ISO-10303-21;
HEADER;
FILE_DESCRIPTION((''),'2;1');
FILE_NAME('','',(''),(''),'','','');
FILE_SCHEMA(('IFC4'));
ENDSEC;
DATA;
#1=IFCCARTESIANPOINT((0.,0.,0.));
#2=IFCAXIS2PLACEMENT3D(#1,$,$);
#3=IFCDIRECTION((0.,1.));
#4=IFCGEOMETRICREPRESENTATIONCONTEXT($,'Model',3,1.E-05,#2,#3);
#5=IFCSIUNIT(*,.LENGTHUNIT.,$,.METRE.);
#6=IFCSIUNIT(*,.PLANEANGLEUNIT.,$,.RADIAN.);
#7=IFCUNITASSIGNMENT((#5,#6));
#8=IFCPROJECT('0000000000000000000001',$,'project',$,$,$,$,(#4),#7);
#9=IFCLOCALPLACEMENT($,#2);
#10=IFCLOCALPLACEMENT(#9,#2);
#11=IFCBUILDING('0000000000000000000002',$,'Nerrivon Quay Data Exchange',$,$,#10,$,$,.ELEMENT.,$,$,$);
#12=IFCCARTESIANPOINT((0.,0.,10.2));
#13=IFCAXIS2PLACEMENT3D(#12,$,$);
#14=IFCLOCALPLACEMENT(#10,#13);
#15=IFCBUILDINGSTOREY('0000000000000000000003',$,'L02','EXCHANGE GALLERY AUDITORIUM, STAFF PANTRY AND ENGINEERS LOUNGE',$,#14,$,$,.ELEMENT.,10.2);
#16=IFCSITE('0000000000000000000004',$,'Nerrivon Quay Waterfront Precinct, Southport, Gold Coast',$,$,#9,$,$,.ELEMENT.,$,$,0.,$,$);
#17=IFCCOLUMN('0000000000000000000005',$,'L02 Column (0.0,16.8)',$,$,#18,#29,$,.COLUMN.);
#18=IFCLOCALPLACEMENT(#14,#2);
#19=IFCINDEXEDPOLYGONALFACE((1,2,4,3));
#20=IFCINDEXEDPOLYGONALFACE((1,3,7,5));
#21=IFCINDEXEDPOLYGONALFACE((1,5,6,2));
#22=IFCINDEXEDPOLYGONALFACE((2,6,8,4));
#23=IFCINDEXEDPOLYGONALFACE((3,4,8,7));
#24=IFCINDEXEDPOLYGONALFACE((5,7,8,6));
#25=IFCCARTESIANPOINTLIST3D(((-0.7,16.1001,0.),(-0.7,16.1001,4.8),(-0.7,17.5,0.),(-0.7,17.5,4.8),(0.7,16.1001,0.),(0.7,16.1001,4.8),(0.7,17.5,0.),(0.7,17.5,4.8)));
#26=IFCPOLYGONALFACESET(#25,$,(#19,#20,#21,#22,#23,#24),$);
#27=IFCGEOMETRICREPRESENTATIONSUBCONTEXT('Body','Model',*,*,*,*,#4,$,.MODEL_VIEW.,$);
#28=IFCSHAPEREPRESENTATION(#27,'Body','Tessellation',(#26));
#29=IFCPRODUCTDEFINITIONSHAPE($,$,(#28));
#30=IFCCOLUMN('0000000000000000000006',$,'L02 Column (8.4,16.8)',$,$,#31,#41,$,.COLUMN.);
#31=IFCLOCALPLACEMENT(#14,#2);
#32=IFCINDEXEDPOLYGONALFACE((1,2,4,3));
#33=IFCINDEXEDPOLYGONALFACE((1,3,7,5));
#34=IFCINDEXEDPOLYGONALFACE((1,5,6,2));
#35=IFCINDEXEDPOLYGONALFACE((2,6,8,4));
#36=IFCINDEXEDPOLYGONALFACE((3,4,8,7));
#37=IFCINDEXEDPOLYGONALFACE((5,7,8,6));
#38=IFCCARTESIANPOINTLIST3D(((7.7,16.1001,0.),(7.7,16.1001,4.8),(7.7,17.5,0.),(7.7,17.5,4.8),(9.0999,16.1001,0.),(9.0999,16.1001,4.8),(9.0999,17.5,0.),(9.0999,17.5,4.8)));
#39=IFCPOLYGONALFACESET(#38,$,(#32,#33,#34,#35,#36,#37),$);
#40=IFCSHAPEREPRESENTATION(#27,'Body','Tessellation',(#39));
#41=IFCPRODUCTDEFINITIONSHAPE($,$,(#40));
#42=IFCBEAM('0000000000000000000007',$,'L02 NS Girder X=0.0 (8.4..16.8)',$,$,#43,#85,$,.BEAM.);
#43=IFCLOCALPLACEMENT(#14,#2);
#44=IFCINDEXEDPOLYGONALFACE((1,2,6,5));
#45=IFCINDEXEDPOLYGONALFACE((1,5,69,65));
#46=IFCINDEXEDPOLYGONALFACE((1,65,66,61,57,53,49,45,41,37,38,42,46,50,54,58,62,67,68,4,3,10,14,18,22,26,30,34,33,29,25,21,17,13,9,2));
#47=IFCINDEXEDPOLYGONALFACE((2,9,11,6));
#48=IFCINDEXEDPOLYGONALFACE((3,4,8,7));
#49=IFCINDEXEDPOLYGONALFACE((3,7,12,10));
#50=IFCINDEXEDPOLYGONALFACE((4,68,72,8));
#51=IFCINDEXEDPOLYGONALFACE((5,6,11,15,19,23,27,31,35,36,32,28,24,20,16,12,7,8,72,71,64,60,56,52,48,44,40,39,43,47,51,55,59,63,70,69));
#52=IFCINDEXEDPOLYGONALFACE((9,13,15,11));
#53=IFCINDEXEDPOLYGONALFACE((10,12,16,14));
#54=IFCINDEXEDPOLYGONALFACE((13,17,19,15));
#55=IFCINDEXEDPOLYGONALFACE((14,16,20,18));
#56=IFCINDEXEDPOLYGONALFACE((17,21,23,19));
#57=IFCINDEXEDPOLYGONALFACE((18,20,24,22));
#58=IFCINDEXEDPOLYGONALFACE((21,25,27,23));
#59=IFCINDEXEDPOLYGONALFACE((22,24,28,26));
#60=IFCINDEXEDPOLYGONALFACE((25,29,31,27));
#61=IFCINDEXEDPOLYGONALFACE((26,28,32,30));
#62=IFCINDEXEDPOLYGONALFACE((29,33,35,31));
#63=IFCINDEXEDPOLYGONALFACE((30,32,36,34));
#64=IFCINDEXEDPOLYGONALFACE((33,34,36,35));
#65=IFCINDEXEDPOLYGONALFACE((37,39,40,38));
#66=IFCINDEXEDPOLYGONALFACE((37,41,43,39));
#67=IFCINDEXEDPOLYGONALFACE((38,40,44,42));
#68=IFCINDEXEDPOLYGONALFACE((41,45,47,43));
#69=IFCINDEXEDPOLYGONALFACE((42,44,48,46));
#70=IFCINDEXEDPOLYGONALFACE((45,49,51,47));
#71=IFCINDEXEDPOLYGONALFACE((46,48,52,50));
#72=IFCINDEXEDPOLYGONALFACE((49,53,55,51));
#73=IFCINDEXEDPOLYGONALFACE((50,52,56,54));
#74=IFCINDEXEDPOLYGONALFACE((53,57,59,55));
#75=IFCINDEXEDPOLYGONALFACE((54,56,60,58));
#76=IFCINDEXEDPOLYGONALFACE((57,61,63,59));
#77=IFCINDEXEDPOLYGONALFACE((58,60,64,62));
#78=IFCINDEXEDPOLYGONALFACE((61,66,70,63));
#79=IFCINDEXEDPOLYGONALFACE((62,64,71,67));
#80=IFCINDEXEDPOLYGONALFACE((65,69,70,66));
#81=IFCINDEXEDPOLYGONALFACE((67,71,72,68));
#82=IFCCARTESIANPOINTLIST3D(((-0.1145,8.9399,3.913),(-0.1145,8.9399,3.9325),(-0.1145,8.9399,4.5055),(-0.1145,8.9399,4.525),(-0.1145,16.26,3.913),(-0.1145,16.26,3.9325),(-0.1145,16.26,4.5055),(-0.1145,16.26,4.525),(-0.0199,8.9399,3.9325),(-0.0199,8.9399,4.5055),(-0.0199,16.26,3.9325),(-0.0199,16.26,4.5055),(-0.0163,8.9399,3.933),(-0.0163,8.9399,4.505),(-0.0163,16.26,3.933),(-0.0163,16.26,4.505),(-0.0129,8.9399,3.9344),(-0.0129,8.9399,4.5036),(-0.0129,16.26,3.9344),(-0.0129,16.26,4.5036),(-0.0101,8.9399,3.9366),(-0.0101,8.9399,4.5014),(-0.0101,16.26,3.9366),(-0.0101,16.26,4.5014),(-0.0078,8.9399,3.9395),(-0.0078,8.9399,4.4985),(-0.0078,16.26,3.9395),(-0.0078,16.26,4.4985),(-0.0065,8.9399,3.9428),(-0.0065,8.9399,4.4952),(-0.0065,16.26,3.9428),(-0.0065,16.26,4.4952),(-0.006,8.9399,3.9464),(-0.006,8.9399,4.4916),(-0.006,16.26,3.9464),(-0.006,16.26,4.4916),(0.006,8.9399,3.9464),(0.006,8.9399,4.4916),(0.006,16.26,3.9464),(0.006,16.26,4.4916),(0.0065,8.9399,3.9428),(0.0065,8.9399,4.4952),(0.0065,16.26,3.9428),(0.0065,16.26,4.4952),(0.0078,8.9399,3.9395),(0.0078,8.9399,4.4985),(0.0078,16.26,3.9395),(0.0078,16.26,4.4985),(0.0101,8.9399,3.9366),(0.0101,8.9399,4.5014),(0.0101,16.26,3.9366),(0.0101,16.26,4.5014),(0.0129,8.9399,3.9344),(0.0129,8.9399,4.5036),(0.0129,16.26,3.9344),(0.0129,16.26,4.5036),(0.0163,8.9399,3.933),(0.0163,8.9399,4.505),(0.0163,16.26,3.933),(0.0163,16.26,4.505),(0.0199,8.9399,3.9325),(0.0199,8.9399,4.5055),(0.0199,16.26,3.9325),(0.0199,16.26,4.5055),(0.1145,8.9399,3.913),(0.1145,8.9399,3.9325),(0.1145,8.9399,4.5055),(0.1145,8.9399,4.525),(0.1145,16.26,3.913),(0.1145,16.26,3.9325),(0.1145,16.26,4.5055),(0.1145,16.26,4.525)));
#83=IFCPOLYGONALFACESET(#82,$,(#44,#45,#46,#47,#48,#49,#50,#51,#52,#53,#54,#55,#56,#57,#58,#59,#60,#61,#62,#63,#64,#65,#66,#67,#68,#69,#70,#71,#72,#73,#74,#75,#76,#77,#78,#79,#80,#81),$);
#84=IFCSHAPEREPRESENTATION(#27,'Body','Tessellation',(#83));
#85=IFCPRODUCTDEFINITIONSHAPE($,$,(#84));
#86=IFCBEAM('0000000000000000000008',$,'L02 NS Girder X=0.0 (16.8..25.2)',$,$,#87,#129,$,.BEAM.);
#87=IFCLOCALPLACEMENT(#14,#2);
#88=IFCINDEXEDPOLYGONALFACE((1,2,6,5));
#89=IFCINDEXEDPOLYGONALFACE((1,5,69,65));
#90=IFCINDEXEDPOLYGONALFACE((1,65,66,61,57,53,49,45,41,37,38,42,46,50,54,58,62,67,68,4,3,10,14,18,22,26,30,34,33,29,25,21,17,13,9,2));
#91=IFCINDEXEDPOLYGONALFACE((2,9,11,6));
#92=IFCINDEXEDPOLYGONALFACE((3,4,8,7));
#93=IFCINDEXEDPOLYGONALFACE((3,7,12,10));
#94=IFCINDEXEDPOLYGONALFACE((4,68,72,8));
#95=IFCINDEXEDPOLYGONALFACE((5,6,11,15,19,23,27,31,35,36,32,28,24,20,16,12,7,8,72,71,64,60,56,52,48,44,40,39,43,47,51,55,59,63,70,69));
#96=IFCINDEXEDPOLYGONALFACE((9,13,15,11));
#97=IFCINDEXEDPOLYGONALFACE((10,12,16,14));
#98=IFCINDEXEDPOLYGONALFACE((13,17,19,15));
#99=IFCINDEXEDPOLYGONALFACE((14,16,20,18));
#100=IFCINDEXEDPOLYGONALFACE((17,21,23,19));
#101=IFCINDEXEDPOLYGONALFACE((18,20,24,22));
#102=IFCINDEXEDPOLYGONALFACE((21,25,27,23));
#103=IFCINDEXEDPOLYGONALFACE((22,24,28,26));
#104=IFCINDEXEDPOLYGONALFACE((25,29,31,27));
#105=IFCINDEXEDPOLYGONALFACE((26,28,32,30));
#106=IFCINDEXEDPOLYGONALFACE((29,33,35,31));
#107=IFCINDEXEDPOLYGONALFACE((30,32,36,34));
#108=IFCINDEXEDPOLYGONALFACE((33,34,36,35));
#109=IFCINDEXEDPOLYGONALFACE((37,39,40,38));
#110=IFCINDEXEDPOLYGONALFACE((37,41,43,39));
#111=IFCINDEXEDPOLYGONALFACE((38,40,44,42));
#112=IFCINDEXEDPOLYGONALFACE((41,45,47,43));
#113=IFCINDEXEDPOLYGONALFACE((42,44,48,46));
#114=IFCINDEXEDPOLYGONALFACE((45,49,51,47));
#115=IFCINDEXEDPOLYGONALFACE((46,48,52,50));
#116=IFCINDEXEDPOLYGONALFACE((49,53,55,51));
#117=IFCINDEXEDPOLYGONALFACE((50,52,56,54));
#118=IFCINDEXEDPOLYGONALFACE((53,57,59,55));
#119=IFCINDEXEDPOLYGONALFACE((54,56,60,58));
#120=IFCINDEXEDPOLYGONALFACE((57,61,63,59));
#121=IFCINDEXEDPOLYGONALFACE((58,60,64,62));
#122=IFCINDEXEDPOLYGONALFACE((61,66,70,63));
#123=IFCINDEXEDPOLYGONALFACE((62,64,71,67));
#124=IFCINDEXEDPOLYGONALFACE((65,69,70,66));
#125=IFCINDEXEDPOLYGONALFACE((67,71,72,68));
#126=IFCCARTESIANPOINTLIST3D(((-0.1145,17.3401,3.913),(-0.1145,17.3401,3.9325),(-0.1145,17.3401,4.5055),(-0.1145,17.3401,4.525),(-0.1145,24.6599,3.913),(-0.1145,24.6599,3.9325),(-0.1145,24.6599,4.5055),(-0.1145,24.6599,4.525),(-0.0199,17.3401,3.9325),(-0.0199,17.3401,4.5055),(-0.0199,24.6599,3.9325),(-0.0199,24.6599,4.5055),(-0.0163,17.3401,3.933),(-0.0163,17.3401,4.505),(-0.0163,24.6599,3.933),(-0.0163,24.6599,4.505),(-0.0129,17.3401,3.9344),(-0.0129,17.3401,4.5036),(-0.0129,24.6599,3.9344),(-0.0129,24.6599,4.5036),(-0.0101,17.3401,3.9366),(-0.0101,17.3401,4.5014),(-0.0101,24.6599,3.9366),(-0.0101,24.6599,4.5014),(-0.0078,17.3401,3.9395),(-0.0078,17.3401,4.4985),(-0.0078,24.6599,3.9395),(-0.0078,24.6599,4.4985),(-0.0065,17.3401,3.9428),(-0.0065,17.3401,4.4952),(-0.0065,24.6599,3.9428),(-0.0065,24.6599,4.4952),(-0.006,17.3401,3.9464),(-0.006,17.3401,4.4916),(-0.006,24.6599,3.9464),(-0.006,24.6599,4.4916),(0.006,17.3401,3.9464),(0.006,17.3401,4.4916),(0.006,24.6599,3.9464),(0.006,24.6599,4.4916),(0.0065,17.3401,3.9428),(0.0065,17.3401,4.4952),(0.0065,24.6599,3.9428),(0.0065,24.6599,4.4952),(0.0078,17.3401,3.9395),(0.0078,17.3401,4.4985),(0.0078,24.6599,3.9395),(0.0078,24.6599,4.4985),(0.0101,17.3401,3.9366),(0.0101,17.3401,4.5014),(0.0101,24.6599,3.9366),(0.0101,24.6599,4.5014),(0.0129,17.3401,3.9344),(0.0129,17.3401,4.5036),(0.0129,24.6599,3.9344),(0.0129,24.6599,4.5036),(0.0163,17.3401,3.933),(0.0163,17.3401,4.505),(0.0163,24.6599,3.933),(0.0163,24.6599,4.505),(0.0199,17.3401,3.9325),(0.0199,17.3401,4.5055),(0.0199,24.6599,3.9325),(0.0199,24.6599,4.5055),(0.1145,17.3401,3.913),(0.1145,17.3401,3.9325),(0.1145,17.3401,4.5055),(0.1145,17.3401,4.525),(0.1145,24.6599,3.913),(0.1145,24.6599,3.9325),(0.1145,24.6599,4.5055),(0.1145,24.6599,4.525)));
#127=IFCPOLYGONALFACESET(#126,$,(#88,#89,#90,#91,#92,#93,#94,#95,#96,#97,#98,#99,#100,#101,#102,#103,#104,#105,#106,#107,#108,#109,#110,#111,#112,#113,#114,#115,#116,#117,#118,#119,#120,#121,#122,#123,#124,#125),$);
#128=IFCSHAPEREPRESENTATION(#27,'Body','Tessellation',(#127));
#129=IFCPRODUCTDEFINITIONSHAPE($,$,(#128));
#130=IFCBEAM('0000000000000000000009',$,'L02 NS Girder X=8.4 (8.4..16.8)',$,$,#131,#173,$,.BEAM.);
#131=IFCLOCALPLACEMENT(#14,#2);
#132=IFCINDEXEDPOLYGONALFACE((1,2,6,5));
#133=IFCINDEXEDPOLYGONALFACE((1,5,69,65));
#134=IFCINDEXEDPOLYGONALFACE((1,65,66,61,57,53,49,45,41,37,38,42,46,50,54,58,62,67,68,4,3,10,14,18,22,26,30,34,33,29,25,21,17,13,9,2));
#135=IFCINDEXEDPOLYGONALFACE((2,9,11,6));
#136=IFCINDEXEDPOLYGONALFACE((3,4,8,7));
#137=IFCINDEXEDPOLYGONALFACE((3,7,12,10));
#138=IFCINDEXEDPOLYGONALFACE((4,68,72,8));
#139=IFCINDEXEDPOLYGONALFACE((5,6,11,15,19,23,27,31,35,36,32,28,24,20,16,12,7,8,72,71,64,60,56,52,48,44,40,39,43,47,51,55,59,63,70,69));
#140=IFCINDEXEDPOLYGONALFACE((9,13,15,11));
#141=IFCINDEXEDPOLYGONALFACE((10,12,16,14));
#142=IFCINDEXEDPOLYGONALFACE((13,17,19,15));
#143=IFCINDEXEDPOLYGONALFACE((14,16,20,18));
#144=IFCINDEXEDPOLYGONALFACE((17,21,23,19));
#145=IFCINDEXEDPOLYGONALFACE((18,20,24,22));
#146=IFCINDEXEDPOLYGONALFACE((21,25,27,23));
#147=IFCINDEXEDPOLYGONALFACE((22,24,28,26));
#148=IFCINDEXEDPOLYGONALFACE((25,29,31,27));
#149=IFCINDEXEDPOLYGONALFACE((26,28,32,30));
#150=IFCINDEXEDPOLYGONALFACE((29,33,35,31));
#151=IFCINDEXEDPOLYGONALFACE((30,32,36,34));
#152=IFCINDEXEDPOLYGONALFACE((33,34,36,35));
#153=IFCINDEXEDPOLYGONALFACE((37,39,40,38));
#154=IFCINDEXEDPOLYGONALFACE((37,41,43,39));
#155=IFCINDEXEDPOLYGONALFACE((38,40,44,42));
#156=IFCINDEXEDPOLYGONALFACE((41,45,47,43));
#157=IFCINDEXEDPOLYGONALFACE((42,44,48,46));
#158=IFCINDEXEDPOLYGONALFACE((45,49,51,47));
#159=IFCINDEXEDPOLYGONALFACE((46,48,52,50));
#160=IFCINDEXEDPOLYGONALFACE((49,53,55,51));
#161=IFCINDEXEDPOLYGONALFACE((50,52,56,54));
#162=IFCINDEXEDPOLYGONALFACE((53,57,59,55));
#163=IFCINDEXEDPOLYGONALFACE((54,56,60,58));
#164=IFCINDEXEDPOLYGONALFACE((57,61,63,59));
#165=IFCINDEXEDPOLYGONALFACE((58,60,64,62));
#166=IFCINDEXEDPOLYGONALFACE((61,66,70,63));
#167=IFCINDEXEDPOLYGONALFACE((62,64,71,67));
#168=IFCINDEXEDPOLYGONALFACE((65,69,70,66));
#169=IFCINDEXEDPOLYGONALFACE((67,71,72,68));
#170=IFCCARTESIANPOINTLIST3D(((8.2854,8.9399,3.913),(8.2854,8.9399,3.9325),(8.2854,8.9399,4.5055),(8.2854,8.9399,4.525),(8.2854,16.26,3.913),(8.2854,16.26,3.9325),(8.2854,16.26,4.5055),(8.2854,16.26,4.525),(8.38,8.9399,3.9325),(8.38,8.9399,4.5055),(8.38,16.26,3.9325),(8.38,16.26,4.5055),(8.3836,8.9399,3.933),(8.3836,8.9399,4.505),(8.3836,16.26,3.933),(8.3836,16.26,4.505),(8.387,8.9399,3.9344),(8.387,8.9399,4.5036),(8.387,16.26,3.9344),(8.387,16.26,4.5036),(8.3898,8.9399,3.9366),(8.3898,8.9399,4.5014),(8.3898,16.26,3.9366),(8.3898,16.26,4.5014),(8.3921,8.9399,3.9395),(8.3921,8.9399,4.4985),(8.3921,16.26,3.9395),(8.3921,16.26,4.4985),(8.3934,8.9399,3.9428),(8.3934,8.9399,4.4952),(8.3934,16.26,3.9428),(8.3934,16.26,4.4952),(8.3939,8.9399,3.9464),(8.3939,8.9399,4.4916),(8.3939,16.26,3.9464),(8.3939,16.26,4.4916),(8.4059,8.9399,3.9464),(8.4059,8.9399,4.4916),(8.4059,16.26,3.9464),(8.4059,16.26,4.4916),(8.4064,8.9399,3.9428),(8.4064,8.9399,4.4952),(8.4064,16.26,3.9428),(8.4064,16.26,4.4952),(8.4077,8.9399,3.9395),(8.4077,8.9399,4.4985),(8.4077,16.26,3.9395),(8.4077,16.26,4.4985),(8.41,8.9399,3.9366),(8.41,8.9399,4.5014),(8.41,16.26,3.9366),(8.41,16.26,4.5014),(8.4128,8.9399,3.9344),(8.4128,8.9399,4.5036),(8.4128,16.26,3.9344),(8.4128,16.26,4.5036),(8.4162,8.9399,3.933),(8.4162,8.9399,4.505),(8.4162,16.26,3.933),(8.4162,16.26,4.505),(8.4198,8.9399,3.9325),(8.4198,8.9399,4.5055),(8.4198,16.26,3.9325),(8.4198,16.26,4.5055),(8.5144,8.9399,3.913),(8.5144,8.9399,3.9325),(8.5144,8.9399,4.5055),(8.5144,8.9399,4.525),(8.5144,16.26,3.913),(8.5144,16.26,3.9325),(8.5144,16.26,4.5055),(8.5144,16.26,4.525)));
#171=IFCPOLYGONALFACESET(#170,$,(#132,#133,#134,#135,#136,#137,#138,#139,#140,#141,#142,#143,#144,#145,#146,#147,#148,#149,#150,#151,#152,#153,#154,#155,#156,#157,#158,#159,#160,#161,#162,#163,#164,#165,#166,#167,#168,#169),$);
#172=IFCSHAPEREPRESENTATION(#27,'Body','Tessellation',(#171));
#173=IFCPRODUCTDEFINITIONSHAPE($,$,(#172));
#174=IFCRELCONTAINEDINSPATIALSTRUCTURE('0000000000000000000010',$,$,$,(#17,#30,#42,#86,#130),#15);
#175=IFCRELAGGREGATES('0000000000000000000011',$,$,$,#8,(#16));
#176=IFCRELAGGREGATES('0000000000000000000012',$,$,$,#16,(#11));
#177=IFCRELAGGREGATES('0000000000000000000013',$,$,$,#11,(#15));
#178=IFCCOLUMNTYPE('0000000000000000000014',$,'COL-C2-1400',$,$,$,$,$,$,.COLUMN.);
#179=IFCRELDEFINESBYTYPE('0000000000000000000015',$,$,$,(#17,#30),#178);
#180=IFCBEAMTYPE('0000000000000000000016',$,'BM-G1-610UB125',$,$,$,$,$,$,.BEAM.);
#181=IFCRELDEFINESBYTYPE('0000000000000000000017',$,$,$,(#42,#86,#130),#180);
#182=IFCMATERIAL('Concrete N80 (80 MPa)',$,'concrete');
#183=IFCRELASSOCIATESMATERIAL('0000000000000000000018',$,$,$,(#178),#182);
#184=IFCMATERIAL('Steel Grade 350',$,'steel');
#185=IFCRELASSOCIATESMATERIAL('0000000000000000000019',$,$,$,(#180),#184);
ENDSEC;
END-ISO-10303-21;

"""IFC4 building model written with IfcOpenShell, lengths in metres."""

from ifc_helpers import new_model, si_unit, direction, frame, origin, origin_2d, place, context, subcontext, project, spatial, rectangle, i_section, extrude, material, material_profile, profile_set, type_object, element, save


model = new_model("IFC4")

# Units and contexts
model_context = context("Model", 3, precision=1e-05, world=origin(), true_north=direction((0.0, 1.0)))
body_context = subcontext(model_context, "Body", "Model", "MODEL_VIEW")
ifc_project = project(units=[si_unit("LENGTHUNIT", "METRE"), si_unit("PLANEANGLEUNIT", "RADIAN")], contexts=[model_context])

# Site, building, storey
site_placement = place(None, origin())
site = spatial("IfcSite", under=ifc_project, at=site_placement, Name="Nerrivon Quay Waterfront Precinct, Southport, Gold Coast", CompositionType="ELEMENT", RefElevation=0.0)
building_placement = place(site_placement, origin())
building = spatial("IfcBuilding", under=site, at=building_placement, Name="Nerrivon Quay Data Exchange", CompositionType="ELEMENT")
storey_placement = place(building_placement, frame((0.0, 0.0, 10.2)))
storey = spatial("IfcBuildingStorey", under=building, at=storey_placement, Name="L02", Description="EXCHANGE GALLERY AUDITORIUM, STAFF PANTRY AND ENGINEERS LOUNGE", CompositionType="ELEMENT", Elevation=10.2)

# Columns
ifc_material_1 = material(Name="Concrete N80 (80 MPa)", Category="concrete")
ifc_material_profile_1 = material_profile(ifc_material_1, rectangle(XDim=1.3999, YDim=1.3999, at=origin_2d()), Name="RC-COL-1400x1400")
ifc_profile_set_1 = profile_set([ifc_material_profile_1], Name="Concrete N80 (80 MPa)")
column_type = type_object("IfcColumnType", Name="COL-C2-1400", PredefinedType="COLUMN", material=ifc_profile_set_1)
for number, where, z_axis, x_axis, name in (
    (1, (0.0, 16.8, 0.0), (0.0, 0.0, 1.0), (1.0, 0.0, 0.0), "L02 Column (0.0,16.8)"),
    (2, (8.3999, 16.8, 0.0), (0.0, 0.0, 1.0), (1.0, 0.0, 0.0), "L02 Column (8.4,16.8)"),
):
    element("IfcColumn", number, at=place(storey_placement, frame(where, z_axis=z_axis, x_axis=x_axis)), inside=storey, type_object=column_type, Name=name, PredefinedType="COLUMN", context=body_context, shape_type="SweptSolid", body=[
        extrude(rectangle(XDim=1.3999, YDim=1.3999, at=origin_2d()), origin(), (0.0, 0.0, 1.0), 4.8),
    ])

# Beams
ifc_material_2 = material(Name="Steel Grade 350", Category="steel")
ifc_material_profile_2 = material_profile(ifc_material_2, i_section(OverallWidth=0.229, OverallDepth=0.6121, WebThickness=0.012, FlangeThickness=0.0195, FilletRadius=0.0139, at=origin_2d()), Name="610UB125")
ifc_profile_set_2 = profile_set([ifc_material_profile_2], Name="Steel Grade 350")
beam_type_1 = type_object("IfcBeamType", Name="BM-G1-610UB125", PredefinedType="BEAM", material=ifc_profile_set_2)
beam_1_placement = place(storey_placement, frame((0.0, 8.9399, 4.219), z_axis=(0.0, 1.0, 0.0), x_axis=(-1.0, 0.0, 0.0)))
element("IfcBeam", 3, at=beam_1_placement, inside=storey, type_object=beam_type_1, Name="L02 NS Girder X=0.0 (8.4..16.8)", PredefinedType="BEAM", context=body_context, shape_type="SweptSolid", body=[
    extrude(i_section(OverallWidth=0.229, OverallDepth=0.6121, WebThickness=0.012, FlangeThickness=0.0195, FilletRadius=0.0139, at=origin_2d()), origin(), (0.0, 0.0, 1.0), 7.3201),
])
beam_2_placement = place(storey_placement, frame((0.0, 17.3401, 4.219), z_axis=(0.0, 1.0, 0.0), x_axis=(-1.0, 0.0, 0.0)))
element("IfcBeam", 4, at=beam_2_placement, inside=storey, type_object=beam_type_1, Name="L02 NS Girder X=0.0 (16.8..25.2)", PredefinedType="BEAM", context=body_context, shape_type="SweptSolid", body=[
    extrude(i_section(OverallWidth=0.229, OverallDepth=0.6121, WebThickness=0.012, FlangeThickness=0.0195, FilletRadius=0.0139, at=origin_2d()), origin(), (0.0, 0.0, 1.0), 7.3198),
])
beam_3_placement = place(storey_placement, frame((8.3999, 8.9399, 4.219), z_axis=(0.0, 1.0, 0.0), x_axis=(-1.0, 0.0, 0.0)))
element("IfcBeam", 5, at=beam_3_placement, inside=storey, type_object=beam_type_1, Name="L02 NS Girder X=8.4 (8.4..16.8)", PredefinedType="BEAM", context=body_context, shape_type="SweptSolid", body=[
    extrude(i_section(OverallWidth=0.229, OverallDepth=0.6121, WebThickness=0.012, FlangeThickness=0.0195, FilletRadius=0.0139, at=origin_2d()), origin(), (0.0, 0.0, 1.0), 7.3201),
])

save(model, "model.ifc")
